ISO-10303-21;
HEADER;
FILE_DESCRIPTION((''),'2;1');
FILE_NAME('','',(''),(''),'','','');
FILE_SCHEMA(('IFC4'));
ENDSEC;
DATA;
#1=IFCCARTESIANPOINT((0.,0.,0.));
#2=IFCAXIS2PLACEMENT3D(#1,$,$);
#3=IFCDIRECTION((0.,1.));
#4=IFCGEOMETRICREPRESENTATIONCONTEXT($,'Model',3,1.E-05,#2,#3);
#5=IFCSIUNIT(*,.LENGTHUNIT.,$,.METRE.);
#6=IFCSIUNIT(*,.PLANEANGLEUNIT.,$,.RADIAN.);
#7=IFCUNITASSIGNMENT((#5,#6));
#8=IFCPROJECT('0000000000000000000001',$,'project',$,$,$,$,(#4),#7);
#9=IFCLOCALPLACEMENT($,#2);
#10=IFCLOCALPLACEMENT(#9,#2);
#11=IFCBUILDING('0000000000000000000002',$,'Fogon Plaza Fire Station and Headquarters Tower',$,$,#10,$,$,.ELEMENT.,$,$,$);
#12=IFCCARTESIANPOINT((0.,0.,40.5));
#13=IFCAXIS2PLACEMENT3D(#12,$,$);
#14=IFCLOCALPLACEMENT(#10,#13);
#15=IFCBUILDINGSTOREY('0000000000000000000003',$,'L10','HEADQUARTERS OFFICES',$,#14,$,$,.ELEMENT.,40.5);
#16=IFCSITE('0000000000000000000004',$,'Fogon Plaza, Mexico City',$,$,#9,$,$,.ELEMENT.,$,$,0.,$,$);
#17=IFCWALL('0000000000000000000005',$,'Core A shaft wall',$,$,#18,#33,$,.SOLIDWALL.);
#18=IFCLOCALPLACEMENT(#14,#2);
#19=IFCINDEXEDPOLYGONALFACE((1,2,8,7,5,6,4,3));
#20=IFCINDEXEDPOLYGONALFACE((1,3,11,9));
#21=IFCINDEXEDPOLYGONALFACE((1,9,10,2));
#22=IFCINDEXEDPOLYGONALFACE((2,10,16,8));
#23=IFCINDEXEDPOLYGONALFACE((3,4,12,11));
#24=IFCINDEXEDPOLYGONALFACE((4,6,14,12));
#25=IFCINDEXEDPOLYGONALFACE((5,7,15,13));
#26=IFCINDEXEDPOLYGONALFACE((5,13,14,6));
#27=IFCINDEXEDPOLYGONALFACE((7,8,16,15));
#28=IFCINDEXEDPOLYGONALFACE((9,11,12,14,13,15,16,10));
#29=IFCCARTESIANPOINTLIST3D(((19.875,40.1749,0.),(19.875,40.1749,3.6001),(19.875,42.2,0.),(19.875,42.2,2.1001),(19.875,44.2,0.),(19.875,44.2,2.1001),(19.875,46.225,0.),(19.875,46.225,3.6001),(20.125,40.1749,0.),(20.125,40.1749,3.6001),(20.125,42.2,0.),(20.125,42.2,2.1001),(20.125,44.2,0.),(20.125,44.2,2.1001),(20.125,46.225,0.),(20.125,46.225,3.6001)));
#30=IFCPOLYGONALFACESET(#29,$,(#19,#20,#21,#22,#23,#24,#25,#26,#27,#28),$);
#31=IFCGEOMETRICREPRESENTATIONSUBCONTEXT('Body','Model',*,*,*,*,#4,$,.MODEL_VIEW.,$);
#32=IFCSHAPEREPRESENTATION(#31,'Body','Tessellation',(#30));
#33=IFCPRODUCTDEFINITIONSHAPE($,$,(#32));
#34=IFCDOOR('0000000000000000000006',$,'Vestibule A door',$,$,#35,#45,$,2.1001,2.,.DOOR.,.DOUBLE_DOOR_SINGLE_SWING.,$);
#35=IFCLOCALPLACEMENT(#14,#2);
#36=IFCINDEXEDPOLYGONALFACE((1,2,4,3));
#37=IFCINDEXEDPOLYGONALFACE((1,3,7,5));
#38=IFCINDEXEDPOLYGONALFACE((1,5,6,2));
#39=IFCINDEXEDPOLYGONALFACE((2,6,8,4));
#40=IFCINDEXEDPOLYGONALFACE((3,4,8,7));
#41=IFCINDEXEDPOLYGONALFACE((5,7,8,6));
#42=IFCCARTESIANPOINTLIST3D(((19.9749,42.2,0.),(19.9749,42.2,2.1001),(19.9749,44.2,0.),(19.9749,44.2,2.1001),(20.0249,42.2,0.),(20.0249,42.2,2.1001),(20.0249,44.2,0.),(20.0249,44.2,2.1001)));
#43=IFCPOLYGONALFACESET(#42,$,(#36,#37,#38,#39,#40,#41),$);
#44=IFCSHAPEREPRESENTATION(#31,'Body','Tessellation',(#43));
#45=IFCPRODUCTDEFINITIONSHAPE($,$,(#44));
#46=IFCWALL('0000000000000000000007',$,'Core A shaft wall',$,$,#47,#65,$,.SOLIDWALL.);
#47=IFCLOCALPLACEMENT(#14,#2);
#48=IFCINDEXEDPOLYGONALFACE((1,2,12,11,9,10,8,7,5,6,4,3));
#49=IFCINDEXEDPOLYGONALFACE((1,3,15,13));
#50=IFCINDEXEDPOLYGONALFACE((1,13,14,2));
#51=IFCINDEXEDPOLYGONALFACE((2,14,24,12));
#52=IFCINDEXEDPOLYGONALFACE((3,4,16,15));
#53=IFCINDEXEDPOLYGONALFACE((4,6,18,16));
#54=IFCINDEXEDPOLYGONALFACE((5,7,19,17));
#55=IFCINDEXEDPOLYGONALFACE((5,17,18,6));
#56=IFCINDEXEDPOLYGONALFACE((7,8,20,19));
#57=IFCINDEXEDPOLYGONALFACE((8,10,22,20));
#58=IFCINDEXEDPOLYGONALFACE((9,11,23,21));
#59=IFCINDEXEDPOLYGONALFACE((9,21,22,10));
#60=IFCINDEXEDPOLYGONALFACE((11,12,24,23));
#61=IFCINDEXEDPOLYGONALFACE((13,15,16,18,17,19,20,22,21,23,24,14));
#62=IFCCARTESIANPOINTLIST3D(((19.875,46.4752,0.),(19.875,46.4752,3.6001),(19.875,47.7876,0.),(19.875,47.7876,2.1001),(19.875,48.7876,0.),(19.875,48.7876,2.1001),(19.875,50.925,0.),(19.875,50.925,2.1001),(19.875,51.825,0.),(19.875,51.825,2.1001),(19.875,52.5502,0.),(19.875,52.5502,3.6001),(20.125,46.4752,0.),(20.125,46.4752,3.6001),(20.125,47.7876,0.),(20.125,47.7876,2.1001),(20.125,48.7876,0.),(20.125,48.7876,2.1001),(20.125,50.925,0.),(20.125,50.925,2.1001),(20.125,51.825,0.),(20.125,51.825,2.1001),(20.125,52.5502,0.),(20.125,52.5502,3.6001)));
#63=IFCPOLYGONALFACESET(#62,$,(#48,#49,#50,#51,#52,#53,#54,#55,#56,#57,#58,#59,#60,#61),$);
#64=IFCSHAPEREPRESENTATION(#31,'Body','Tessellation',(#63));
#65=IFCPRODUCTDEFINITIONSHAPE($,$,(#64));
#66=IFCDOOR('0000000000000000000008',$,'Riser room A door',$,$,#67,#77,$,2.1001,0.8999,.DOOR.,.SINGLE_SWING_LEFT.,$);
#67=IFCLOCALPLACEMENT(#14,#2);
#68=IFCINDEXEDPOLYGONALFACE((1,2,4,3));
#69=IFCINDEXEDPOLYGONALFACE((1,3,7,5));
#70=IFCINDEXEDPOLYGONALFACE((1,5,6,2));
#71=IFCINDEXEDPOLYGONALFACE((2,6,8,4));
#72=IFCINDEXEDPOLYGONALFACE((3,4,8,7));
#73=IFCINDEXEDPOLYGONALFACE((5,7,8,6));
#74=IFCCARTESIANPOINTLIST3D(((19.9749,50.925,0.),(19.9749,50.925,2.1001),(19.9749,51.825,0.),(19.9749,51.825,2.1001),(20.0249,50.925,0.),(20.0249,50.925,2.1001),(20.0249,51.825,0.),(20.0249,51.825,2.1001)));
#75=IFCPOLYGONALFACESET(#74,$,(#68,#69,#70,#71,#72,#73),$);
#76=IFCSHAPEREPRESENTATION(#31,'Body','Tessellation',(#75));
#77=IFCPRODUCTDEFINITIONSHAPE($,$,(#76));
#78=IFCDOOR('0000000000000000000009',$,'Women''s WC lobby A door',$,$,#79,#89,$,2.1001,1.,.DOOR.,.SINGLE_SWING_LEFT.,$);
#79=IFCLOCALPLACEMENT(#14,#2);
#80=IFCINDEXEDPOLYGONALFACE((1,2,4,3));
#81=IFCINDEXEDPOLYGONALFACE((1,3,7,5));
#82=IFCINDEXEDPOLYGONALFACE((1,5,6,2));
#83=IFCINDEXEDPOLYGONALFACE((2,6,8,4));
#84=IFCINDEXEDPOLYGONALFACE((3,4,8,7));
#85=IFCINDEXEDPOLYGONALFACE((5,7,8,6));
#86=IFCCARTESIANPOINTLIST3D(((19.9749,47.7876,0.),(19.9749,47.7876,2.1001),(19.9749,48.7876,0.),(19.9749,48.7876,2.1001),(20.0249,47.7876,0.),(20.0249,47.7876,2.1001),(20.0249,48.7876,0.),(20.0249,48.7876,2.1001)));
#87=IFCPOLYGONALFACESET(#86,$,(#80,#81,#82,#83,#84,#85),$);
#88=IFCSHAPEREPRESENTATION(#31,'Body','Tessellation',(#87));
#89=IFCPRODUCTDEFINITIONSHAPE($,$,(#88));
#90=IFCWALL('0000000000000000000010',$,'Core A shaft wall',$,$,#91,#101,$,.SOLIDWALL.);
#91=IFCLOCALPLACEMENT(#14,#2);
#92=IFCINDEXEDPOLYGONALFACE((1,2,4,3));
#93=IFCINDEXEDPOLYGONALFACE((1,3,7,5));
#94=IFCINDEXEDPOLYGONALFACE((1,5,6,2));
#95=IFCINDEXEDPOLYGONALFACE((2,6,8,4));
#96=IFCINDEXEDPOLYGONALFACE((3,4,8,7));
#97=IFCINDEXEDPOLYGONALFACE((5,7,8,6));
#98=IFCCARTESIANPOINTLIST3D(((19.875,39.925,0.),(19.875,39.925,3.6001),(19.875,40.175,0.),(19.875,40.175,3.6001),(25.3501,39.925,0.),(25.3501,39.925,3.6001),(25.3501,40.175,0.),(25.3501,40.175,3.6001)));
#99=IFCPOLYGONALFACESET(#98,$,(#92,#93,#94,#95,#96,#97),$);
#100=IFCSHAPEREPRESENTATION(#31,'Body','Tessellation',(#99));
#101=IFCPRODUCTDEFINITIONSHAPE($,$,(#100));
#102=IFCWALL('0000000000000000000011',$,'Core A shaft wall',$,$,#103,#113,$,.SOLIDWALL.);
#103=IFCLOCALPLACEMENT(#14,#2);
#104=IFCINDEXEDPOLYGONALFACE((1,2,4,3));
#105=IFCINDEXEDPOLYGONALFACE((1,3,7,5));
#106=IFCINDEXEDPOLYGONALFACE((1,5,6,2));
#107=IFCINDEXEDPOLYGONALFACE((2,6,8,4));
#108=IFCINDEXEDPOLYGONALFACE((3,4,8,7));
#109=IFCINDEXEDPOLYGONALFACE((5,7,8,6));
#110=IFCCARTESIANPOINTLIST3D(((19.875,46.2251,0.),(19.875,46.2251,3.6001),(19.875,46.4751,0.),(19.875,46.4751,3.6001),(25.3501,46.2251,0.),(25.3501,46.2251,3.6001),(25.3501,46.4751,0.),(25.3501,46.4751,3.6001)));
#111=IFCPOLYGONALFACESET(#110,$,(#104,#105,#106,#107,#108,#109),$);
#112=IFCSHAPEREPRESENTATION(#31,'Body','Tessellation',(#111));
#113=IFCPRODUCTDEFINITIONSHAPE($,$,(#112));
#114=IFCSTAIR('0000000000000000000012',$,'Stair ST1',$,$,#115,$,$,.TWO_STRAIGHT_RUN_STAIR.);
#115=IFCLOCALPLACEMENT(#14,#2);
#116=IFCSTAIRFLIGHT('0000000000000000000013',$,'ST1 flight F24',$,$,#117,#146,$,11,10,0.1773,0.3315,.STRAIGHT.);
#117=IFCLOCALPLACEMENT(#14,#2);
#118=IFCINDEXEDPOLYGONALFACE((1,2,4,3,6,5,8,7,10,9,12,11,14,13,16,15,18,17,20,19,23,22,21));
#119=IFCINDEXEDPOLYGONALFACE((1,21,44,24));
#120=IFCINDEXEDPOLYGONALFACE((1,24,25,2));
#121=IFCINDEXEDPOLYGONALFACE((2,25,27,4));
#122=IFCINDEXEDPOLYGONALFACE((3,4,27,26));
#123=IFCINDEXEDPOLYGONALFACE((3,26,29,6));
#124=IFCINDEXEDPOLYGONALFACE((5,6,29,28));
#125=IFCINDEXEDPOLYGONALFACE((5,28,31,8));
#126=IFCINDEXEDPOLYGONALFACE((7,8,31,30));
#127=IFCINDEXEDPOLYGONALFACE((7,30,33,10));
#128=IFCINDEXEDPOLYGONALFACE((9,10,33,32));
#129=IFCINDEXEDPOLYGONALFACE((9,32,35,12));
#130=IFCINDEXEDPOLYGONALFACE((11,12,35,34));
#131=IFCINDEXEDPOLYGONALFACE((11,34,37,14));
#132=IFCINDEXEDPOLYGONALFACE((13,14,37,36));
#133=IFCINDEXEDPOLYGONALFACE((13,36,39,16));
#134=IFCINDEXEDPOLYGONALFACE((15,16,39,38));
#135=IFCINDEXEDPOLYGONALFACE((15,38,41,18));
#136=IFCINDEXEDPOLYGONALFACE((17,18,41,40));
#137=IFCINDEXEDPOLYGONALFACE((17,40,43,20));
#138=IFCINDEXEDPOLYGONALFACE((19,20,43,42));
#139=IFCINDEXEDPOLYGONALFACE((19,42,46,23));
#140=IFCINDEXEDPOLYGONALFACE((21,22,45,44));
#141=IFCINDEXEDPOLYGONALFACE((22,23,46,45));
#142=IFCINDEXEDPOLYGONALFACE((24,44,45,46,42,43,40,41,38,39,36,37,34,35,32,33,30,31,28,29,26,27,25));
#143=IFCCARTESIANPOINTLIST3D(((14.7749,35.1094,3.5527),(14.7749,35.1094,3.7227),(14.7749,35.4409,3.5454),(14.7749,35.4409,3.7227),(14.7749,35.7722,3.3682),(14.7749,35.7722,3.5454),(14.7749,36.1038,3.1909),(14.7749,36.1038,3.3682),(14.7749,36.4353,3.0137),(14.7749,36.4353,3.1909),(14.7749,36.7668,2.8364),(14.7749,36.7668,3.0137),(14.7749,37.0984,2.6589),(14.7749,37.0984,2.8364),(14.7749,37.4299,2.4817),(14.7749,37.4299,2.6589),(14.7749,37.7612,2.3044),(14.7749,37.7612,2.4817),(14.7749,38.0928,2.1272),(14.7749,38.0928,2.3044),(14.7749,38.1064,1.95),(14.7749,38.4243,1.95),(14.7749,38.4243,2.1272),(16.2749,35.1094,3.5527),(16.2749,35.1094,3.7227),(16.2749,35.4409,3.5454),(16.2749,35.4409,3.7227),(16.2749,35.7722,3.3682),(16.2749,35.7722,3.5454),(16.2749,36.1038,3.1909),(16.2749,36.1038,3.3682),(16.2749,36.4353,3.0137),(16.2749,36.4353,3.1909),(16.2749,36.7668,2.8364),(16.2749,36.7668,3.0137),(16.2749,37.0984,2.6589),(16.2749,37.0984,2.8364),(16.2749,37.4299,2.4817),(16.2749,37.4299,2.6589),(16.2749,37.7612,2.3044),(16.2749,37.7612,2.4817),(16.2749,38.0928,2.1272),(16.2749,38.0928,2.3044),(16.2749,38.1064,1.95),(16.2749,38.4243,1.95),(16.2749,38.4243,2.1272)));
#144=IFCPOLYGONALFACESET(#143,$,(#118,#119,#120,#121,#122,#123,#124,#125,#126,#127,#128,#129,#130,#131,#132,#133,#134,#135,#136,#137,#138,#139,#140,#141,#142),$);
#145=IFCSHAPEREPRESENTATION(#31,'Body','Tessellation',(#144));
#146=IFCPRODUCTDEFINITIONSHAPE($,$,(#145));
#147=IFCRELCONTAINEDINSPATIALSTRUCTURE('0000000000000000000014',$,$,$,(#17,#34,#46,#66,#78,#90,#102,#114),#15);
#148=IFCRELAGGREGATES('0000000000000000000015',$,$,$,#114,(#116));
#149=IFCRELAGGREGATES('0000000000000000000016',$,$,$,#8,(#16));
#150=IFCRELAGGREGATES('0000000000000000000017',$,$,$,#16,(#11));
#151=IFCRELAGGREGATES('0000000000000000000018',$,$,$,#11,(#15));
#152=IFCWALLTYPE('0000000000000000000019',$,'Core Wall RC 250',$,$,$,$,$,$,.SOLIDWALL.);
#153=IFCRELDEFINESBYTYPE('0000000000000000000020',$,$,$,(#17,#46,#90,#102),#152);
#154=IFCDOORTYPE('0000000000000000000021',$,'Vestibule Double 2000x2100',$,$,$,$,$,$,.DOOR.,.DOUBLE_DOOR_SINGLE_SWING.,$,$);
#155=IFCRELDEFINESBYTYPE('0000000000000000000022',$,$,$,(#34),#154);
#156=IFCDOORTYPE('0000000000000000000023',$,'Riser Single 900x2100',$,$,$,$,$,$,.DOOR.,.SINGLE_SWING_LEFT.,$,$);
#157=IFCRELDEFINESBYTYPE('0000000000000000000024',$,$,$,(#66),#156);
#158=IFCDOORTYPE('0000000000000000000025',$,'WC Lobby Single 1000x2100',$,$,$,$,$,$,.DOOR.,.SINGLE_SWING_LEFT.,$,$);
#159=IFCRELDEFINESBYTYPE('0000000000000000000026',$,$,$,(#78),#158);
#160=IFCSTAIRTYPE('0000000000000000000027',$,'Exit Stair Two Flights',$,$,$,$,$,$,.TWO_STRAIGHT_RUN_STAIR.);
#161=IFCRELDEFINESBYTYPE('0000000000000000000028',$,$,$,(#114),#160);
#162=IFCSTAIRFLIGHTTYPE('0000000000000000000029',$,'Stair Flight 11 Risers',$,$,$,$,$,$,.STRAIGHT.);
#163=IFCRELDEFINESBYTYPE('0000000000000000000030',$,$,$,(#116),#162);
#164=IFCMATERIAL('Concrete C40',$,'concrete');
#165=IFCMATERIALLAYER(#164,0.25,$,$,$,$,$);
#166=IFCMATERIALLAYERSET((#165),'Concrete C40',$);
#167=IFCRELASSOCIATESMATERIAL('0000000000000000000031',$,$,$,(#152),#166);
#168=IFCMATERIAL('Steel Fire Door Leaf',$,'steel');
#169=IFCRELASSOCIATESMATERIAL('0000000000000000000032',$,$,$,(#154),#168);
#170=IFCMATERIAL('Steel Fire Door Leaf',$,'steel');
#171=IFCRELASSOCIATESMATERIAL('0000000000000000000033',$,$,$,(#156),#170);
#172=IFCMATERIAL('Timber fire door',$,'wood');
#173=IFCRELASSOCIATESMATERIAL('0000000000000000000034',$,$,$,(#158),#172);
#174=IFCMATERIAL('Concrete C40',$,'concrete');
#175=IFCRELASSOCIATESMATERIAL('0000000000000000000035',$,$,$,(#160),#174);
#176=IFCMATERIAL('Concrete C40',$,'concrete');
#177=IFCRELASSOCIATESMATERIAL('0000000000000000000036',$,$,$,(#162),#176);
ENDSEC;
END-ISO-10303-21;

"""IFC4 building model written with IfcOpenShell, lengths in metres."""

from ifc_helpers import new_model, si_unit, direction, frame, frame_2d, origin, place, context, subcontext, project, spatial, polyline, rectangle, outline, extrude, material, layer, layer_set, type_object, element, fill, aggregate, save


model = new_model("IFC4")

# Units and contexts
model_context = context("Model", 3, precision=1e-05, world=origin(), true_north=direction((0.0, 1.0)))
body_context = subcontext(model_context, "Body", "Model", "MODEL_VIEW")
ifc_project = project(units=[si_unit("LENGTHUNIT", "METRE"), si_unit("PLANEANGLEUNIT", "RADIAN")], contexts=[model_context])

# Site, building, storey
site_placement = place(None, origin())
site = spatial("IfcSite", under=ifc_project, at=site_placement, Name="Fogon Plaza, Mexico City", CompositionType="ELEMENT", RefElevation=0.0)
building_placement = place(site_placement, origin())
building = spatial("IfcBuilding", under=site, at=building_placement, Name="Fogon Plaza Fire Station and Headquarters Tower", CompositionType="ELEMENT")
storey_placement = place(building_placement, frame((0.0, 0.0, 40.5)))
storey = spatial("IfcBuildingStorey", under=building, at=storey_placement, Name="L10", Description="HEADQUARTERS OFFICES", CompositionType="ELEMENT", Elevation=40.5)

# Shared definitions
ifc_material_1 = material(Name="Concrete C40", Category="concrete")
ifc_layer = layer(ifc_material_1, 0.25)
ifc_layer_set = layer_set([ifc_layer], Name="Concrete C40")
wall_type = type_object("IfcWallType", Name="Core Wall RC 250", PredefinedType="SOLIDWALL", material=ifc_layer_set)

# Wall, opening, door
wall_1_placement = place(storey_placement, frame((20.0, 40.175, 0.0), z_axis=(0.0, 0.0, 1.0), x_axis=(0.0, 1.0, 0.0)))
wall_1 = element("IfcWall", 1, at=wall_1_placement, inside=storey, type_object=wall_type, Name="Core A shaft wall", PredefinedType="SOLIDWALL", context=body_context, shape_type="SweptSolid", body=[
    extrude(rectangle(XDim=6.05, YDim=0.25, at=frame_2d((3.0249, 0.0))), origin(), (0.0, 0.0, 1.0), 3.6001),
])
opening_1_placement = place(wall_1_placement, frame((2.0249, 0.0, 0.0)))
opening_1 = element("IfcOpeningElement", 2, at=opening_1_placement, cuts=wall_1, PredefinedType="OPENING", context=body_context, shape_type="SweptSolid", body=[
    extrude(rectangle(XDim=2.0, YDim=2.1001, at=frame_2d((1.0, 1.05))), frame((0.0, 0.135, 0.0), z_axis=(0.0, -1.0, 0.0), x_axis=(1.0, 0.0, 0.0)), (0.0, 0.0, 1.0), 0.27),
])
ifc_material_2 = material(Name="Steel Fire Door Leaf", Category="steel")
door_type_1 = type_object("IfcDoorType", Name="Vestibule Double 2000x2100", OperationType="DOUBLE_DOOR_SINGLE_SWING", PredefinedType="DOOR", material=ifc_material_2)
door_1_placement = place(opening_1_placement, frame((2.0, 0.0, 0.0), z_axis=(0.0, 0.0, 1.0), x_axis=(-1.0, 0.0, 0.0)))
door_1 = element("IfcDoor", 3, at=door_1_placement, inside=storey, type_object=door_type_1, Name="Vestibule A door", OperationType="DOUBLE_DOOR_SINGLE_SWING", OverallHeight=2.1001, OverallWidth=2.0, PredefinedType="DOOR", context=body_context, shape_type="SweptSolid", body=[
    extrude(rectangle(XDim=2.0, YDim=2.1001, at=frame_2d((1.0, 1.05))), frame((0.0, 0.0249, 0.0), z_axis=(0.0, -1.0, 0.0), x_axis=(1.0, 0.0, 0.0)), (0.0, 0.0, 1.0), 0.05),
])
fill(opening_1, door_1)

# Wall, openings, doors
wall_2_placement = place(storey_placement, frame((20.0, 46.4751, 0.0), z_axis=(0.0, 0.0, 1.0), x_axis=(0.0, 1.0, 0.0)))
wall_2 = element("IfcWall", 4, at=wall_2_placement, inside=storey, type_object=wall_type, Name="Core A shaft wall", PredefinedType="SOLIDWALL", context=body_context, shape_type="SweptSolid", body=[
    extrude(rectangle(XDim=6.075, YDim=0.25, at=frame_2d((3.0376, 0.0))), origin(), (0.0, 0.0, 1.0), 3.6001),
])
opening_2_placement = place(wall_2_placement, frame((1.3125, 0.0, 0.0)))
opening_2 = element("IfcOpeningElement", 5, at=opening_2_placement, cuts=wall_2, PredefinedType="OPENING", context=body_context, shape_type="SweptSolid", body=[
    extrude(rectangle(XDim=1.0, YDim=2.1001, at=frame_2d((0.5, 1.05))), frame((0.0, 0.135, 0.0), z_axis=(0.0, -1.0, 0.0), x_axis=(1.0, 0.0, 0.0)), (0.0, 0.0, 1.0), 0.27),
])
opening_3_placement = place(wall_2_placement, frame((4.45, 0.0, 0.0)))
opening_3 = element("IfcOpeningElement", 6, at=opening_3_placement, cuts=wall_2, PredefinedType="OPENING", context=body_context, shape_type="SweptSolid", body=[
    extrude(rectangle(XDim=0.8999, YDim=2.1001, at=frame_2d((0.45, 1.05))), frame((0.0, 0.135, 0.0), z_axis=(0.0, -1.0, 0.0), x_axis=(1.0, 0.0, 0.0)), (0.0, 0.0, 1.0), 0.27),
])
ifc_material_3 = material(Name="Steel Fire Door Leaf", Category="steel")
door_type_2 = type_object("IfcDoorType", Name="Riser Single 900x2100", OperationType="SINGLE_SWING_LEFT", PredefinedType="DOOR", material=ifc_material_3)
door_2_placement = place(opening_3_placement, frame((0.8999, 0.0, 0.0), z_axis=(0.0, 0.0, 1.0), x_axis=(-1.0, 0.0, 0.0)))
door_2 = element("IfcDoor", 7, at=door_2_placement, inside=storey, type_object=door_type_2, Name="Riser room A door", OperationType="SINGLE_SWING_LEFT", OverallHeight=2.1001, OverallWidth=0.8999, PredefinedType="DOOR", context=body_context, shape_type="SweptSolid", body=[
    extrude(rectangle(XDim=0.8999, YDim=2.1001, at=frame_2d((0.45, 1.05))), frame((0.0, 0.0249, 0.0), z_axis=(0.0, -1.0, 0.0), x_axis=(1.0, 0.0, 0.0)), (0.0, 0.0, 1.0), 0.05),
])
fill(opening_3, door_2)
ifc_material_4 = material(Name="Timber fire door", Category="wood")
door_type_3 = type_object("IfcDoorType", Name="WC Lobby Single 1000x2100", OperationType="SINGLE_SWING_LEFT", PredefinedType="DOOR", material=ifc_material_4)
door_3_placement = place(opening_2_placement, frame((1.0, 0.0, 0.0), z_axis=(0.0, 0.0, 1.0), x_axis=(-1.0, 0.0, 0.0)))
door_3 = element("IfcDoor", 8, at=door_3_placement, inside=storey, type_object=door_type_3, Name="Women's WC lobby A door", OperationType="SINGLE_SWING_LEFT", OverallHeight=2.1001, OverallWidth=1.0, PredefinedType="DOOR", context=body_context, shape_type="SweptSolid", body=[
    extrude(rectangle(XDim=1.0, YDim=2.1001, at=frame_2d((0.5, 1.05))), frame((0.0, 0.0249, 0.0), z_axis=(0.0, -1.0, 0.0), x_axis=(1.0, 0.0, 0.0)), (0.0, 0.0, 1.0), 0.05),
])
fill(opening_2, door_3)

# Walls
for number, where, z_axis, x_axis, name in (
    (9, (19.875, 40.05, 0.0), (0.0, 0.0, 1.0), (1.0, 0.0, 0.0), "Core A shaft wall"),
    (10, (19.875, 46.3501, 0.0), (0.0, 0.0, 1.0), (1.0, 0.0, 0.0), "Core A shaft wall"),
):
    element("IfcWall", number, at=place(storey_placement, frame(where, z_axis=z_axis, x_axis=x_axis)), inside=storey, type_object=wall_type, Name=name, PredefinedType="SOLIDWALL", context=body_context, shape_type="SweptSolid", body=[
        extrude(rectangle(XDim=5.4751, YDim=0.25, at=frame_2d((2.7375, 0.0))), origin(), (0.0, 0.0, 1.0), 3.6001),
    ])

# Stair, stair flight
ifc_material_5 = material(Name="Concrete C40", Category="concrete")
stair_type = type_object("IfcStairType", Name="Exit Stair Two Flights", PredefinedType="TWO_STRAIGHT_RUN_STAIR", material=ifc_material_5)
stair_1_placement = place(storey_placement, origin())
stair_1 = element("IfcStair", 11, at=stair_1_placement, inside=storey, type_object=stair_type, Name="Stair ST1", PredefinedType="TWO_STRAIGHT_RUN_STAIR")
ifc_material_6 = material(Name="Concrete C40", Category="concrete")
stair_flight_type = type_object("IfcStairFlightType", Name="Stair Flight 11 Risers", PredefinedType="STRAIGHT", material=ifc_material_6)
stair_flight_1_placement = place(storey_placement, frame((15.5249, 38.4243, 1.95), z_axis=(0.0, 0.0, 1.0), x_axis=(0.0, -1.0, 0.0)))
stair_flight_1 = element("IfcStairFlight", 12, at=stair_flight_1_placement, type_object=stair_flight_type, Name="ST1 flight F24", NumberOfRisers=11, NumberOfTreads=10, PredefinedType="STRAIGHT", RiserHeight=0.1773, TreadLength=0.3315, context=body_context, shape_type="SweptSolid", body=[
    extrude(outline(polyline([(0.0, 0.0), (0.0, 0.1772), (0.3315, 0.1772), (0.3315, 0.3545), (0.6631, 0.3545), (0.6631, 0.5317), (0.9944, 0.5317), (0.9944, 0.709), (1.3259, 0.709), (1.3259, 0.8865), (1.6575, 0.8865), (1.6575, 1.0637), (1.989, 1.0637), (1.989, 1.241), (2.3206, 1.241), (2.3206, 1.4182), (2.6521, 1.4182), (2.6521, 1.5955), (2.9834, 1.5955), (2.9834, 1.7727), (3.3149, 1.7727), (3.3149, 1.95), (3.3149, 1.6028), (0.3179, 0.0), (0.0, 0.0)])), frame((0.0, 0.75, 0.0), z_axis=(0.0, -1.0, 0.0), x_axis=(1.0, 0.0, 0.0)), (0.0, 0.0, 1.0), 1.5),
])
aggregate(stair_1, [stair_flight_1])

save(model, "model.ifc")
